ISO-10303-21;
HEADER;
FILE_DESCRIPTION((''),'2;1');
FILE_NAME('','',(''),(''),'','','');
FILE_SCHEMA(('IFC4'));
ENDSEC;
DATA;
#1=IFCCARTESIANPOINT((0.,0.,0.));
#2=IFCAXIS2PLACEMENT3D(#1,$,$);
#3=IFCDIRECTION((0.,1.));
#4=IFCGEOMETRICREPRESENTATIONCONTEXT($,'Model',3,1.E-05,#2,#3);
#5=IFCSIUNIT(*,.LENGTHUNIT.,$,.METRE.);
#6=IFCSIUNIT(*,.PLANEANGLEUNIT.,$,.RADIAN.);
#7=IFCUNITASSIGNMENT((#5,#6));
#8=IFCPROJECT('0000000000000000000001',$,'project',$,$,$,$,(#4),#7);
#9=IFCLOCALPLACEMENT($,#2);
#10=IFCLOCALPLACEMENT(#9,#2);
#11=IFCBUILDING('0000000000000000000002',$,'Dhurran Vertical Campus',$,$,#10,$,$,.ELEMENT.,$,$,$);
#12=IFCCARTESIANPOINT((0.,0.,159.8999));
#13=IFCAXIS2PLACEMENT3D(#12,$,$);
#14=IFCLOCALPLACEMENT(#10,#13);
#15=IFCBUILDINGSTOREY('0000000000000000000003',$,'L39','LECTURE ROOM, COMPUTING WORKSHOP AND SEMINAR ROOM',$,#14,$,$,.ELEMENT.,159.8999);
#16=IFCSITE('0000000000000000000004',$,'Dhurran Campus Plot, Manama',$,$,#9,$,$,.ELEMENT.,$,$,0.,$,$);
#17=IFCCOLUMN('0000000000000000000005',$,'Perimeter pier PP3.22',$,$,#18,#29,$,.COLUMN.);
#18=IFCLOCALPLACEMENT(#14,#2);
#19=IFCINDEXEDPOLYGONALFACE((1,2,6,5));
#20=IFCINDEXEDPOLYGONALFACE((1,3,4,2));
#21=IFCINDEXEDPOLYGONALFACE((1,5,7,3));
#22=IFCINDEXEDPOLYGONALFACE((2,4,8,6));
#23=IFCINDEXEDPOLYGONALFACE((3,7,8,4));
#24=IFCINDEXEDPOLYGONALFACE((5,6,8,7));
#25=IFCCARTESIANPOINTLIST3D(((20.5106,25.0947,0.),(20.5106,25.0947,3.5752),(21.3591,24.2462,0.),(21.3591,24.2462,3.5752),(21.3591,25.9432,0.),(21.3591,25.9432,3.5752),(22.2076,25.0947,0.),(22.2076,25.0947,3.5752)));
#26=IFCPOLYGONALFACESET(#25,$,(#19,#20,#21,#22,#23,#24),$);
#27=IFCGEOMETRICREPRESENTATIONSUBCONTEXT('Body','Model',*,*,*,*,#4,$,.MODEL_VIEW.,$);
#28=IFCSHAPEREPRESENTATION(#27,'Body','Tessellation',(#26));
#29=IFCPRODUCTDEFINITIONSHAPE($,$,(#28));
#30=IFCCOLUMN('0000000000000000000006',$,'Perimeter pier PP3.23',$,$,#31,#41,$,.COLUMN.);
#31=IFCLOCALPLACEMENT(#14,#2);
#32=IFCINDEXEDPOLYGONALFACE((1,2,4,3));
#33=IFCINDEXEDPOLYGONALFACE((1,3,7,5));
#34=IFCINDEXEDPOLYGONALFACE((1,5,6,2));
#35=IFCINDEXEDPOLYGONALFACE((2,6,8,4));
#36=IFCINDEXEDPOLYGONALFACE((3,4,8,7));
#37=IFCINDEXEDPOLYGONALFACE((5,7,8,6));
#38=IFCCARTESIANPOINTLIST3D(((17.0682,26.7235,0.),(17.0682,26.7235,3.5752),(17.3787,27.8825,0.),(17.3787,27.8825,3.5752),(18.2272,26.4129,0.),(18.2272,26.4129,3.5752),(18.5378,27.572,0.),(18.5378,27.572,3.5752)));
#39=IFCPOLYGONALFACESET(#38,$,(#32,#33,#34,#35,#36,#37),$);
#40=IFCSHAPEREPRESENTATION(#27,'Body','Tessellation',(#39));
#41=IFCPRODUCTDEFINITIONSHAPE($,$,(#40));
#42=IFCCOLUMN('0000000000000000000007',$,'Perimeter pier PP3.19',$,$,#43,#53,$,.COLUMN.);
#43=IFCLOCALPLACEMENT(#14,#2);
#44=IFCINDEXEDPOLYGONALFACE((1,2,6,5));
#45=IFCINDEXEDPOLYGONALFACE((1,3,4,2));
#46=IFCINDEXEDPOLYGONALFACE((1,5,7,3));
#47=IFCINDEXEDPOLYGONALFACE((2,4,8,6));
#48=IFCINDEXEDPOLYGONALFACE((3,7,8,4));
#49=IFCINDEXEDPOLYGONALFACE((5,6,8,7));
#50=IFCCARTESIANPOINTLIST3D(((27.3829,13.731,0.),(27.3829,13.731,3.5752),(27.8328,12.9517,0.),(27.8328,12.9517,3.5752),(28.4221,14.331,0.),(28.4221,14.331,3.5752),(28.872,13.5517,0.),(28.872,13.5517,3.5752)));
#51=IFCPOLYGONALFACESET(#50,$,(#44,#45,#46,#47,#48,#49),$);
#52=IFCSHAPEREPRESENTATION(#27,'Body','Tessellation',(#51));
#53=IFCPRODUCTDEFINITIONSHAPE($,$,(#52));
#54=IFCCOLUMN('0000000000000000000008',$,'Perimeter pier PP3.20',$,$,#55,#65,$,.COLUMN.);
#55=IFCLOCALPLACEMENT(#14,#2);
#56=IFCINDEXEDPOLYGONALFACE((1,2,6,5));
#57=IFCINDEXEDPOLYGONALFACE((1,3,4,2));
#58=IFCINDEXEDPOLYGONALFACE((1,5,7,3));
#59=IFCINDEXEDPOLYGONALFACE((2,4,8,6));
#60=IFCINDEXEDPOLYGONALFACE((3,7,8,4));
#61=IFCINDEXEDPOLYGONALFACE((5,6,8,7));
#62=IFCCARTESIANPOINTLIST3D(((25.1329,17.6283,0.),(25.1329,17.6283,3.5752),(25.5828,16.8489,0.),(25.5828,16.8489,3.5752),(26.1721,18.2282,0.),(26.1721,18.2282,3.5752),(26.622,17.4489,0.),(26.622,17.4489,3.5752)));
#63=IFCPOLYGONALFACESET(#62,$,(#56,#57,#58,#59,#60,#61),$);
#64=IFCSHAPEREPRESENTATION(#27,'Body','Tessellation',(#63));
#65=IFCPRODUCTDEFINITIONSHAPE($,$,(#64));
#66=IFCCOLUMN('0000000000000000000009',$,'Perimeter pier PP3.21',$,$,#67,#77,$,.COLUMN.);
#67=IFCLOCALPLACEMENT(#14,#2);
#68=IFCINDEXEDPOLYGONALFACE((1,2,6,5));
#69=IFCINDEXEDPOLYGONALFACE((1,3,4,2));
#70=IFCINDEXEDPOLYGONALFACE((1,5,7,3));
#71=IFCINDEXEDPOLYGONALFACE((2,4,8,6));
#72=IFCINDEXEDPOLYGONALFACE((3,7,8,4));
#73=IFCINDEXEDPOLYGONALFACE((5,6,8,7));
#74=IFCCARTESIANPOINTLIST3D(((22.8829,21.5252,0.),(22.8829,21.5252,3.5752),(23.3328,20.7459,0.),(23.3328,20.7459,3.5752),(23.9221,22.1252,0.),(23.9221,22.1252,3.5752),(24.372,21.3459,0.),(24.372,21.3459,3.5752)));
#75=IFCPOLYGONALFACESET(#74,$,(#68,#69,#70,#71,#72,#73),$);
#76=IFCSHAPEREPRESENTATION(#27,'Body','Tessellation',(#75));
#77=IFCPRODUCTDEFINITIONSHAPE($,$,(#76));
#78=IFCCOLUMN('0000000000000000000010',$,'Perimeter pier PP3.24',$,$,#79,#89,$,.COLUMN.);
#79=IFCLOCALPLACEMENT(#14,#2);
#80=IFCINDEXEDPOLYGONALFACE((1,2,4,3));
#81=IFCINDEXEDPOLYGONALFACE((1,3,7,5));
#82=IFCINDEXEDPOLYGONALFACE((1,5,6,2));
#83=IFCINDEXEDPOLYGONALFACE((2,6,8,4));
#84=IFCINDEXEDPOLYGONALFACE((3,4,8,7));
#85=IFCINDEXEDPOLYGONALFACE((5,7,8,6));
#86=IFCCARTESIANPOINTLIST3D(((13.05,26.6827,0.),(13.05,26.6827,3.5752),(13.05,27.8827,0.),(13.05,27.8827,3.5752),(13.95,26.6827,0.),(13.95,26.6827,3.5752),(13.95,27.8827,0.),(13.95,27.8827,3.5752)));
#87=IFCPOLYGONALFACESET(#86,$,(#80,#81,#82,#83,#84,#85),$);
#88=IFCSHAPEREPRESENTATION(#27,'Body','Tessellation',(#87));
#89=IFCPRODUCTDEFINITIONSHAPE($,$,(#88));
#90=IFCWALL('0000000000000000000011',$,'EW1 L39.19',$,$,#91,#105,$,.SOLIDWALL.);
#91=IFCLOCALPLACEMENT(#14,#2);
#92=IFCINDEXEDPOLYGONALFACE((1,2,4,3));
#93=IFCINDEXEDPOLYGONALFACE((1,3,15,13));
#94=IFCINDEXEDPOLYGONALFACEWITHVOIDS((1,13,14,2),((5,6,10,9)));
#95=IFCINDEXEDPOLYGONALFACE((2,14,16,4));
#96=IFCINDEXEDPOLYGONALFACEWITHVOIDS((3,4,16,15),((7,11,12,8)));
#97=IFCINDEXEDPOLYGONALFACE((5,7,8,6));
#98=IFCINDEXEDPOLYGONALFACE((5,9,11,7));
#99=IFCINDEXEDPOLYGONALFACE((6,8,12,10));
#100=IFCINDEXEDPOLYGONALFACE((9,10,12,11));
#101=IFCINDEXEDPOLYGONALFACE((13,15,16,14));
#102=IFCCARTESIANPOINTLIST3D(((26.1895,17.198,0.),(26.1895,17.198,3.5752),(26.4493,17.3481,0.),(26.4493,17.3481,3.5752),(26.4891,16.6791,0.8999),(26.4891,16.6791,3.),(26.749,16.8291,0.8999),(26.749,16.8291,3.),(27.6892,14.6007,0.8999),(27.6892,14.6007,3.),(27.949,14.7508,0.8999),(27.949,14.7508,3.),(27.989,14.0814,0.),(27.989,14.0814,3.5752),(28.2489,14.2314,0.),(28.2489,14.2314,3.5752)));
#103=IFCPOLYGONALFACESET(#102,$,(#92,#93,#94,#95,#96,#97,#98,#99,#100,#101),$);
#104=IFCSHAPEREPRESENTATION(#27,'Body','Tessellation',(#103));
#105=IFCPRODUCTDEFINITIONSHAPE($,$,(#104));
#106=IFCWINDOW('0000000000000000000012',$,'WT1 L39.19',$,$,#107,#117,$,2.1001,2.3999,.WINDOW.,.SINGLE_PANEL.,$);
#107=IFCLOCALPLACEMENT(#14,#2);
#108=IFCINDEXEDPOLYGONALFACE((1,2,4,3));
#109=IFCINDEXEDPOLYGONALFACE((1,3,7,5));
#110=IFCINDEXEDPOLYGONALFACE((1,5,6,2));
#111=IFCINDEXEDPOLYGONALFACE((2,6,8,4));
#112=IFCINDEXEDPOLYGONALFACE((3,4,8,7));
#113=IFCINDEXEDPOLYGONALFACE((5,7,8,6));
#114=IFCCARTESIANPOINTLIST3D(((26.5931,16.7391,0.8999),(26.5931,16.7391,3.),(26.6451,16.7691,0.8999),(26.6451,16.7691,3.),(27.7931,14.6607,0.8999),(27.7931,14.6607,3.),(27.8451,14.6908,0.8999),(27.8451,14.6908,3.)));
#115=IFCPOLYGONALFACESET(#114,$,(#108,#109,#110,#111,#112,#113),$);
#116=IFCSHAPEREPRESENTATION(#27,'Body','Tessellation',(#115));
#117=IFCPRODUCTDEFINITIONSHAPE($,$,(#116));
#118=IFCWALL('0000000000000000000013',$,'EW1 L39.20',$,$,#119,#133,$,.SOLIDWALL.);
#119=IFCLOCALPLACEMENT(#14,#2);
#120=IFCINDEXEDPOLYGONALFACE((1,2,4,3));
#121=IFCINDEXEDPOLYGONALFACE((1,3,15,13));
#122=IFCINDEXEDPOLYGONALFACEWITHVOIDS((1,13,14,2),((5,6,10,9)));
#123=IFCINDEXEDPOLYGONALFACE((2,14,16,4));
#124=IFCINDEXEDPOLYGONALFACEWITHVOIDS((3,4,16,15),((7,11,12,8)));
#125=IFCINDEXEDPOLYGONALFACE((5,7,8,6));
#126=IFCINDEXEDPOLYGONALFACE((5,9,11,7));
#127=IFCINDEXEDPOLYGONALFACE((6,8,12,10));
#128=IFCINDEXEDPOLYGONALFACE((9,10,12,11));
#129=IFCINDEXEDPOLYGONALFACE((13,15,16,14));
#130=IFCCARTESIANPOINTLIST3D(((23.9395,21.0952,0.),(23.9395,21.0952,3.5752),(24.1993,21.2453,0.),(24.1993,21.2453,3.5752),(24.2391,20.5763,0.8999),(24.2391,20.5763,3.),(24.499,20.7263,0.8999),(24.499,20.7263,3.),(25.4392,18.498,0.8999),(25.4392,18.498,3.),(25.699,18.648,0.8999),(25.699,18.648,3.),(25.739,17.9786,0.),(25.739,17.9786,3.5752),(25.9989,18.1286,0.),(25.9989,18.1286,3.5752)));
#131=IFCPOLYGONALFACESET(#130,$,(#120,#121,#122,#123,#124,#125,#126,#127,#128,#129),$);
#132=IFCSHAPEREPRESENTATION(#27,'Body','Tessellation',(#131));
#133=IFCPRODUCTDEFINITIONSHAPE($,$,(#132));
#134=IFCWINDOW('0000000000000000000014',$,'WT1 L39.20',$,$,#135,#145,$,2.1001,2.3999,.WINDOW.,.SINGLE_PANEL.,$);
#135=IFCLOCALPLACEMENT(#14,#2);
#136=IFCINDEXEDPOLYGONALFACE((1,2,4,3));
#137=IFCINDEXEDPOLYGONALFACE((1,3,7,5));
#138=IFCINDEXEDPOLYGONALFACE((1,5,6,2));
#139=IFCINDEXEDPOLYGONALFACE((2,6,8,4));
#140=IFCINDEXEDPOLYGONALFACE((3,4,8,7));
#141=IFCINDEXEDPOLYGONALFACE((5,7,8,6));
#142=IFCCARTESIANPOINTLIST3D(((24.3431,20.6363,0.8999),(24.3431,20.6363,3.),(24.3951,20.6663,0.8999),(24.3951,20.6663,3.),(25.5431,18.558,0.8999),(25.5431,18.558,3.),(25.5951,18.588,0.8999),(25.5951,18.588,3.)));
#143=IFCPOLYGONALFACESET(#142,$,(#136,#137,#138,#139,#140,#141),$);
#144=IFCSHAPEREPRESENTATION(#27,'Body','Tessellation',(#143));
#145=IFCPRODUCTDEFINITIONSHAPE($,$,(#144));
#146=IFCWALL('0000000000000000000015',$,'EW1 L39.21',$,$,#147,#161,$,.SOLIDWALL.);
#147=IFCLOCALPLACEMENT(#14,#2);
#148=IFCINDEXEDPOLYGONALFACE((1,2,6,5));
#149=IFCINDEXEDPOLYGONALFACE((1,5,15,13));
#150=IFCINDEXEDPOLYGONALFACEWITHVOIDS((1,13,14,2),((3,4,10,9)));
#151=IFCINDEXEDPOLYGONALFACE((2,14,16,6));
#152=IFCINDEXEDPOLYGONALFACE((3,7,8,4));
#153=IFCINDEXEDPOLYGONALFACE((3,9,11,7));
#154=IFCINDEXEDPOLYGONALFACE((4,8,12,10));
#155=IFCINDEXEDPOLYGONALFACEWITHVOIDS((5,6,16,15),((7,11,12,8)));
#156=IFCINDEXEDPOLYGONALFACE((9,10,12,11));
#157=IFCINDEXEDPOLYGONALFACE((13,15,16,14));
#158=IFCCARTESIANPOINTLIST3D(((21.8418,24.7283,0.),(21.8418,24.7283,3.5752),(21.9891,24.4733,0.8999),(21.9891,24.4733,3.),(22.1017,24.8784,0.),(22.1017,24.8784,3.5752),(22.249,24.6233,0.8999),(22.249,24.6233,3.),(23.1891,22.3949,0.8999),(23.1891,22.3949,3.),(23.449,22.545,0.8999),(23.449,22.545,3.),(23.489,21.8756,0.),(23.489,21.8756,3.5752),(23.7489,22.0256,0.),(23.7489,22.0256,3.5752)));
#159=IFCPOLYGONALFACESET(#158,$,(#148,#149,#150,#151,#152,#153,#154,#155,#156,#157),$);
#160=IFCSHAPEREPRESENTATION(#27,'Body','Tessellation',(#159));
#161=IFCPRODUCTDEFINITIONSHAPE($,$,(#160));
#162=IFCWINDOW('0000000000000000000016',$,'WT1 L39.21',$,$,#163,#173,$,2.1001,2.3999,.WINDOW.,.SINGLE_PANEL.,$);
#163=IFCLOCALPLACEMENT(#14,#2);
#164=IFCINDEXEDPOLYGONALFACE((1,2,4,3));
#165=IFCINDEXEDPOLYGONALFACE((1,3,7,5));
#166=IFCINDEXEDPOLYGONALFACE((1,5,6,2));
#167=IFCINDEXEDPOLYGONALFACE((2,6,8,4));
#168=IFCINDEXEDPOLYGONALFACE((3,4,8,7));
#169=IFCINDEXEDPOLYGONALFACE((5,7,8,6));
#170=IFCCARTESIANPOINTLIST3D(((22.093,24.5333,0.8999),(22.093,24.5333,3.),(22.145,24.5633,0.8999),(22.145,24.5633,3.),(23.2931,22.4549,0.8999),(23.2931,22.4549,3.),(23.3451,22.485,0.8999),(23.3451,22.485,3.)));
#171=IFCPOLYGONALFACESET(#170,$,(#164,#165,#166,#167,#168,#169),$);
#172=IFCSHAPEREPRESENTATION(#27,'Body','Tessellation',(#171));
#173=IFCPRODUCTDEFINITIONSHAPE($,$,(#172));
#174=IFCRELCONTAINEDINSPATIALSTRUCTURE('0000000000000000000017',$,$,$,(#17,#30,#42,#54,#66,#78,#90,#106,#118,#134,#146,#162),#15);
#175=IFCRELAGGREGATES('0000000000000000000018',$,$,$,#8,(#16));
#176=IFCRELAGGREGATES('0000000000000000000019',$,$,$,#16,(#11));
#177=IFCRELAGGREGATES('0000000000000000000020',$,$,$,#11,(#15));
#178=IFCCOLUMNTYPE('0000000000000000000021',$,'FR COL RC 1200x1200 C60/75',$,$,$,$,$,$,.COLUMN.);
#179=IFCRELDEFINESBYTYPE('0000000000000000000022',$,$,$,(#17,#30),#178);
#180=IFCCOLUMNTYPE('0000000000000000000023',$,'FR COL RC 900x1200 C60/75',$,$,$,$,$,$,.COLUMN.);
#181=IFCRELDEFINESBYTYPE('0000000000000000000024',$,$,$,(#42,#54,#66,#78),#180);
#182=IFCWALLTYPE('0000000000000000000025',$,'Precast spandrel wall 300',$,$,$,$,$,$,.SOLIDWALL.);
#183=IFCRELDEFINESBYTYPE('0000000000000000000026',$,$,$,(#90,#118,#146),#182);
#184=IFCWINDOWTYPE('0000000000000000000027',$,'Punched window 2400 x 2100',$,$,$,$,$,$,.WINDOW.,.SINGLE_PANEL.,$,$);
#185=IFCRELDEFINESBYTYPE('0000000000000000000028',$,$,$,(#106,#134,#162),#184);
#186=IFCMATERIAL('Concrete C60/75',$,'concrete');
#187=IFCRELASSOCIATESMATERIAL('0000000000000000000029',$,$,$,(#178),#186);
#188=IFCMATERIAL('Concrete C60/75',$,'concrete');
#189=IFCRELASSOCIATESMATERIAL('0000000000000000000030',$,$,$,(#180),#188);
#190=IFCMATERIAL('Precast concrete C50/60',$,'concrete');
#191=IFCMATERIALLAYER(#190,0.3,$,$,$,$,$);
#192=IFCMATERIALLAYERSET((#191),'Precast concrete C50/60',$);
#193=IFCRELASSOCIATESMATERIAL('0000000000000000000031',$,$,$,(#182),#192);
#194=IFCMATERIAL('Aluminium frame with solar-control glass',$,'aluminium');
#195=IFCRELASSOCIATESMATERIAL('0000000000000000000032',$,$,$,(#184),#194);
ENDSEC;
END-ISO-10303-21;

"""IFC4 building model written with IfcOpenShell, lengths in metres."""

from ifc_helpers import new_model, si_unit, direction, frame, frame_2d, origin, origin_2d, place, context, subcontext, project, spatial, rectangle, extrude, material, layer, layer_set, material_profile, profile_set, type_object, element, fill, save


model = new_model("IFC4")

# Units and contexts
model_context = context("Model", 3, precision=1e-05, world=origin(), true_north=direction((0.0, 1.0)))
body_context = subcontext(model_context, "Body", "Model", "MODEL_VIEW")
ifc_project = project(units=[si_unit("LENGTHUNIT", "METRE"), si_unit("PLANEANGLEUNIT", "RADIAN")], contexts=[model_context])

# Site, building, storey
site_placement = place(None, origin())
site = spatial("IfcSite", under=ifc_project, at=site_placement, Name="Dhurran Campus Plot, Manama", CompositionType="ELEMENT", RefElevation=0.0)
building_placement = place(site_placement, origin())
building = spatial("IfcBuilding", under=site, at=building_placement, Name="Dhurran Vertical Campus", CompositionType="ELEMENT")
storey_placement = place(building_placement, frame((0.0, 0.0, 159.8999)))
storey = spatial("IfcBuildingStorey", under=building, at=storey_placement, Name="L39", Description="LECTURE ROOM, COMPUTING WORKSHOP AND SEMINAR ROOM", CompositionType="ELEMENT", Elevation=159.8999)

# Columns
ifc_material_1 = material(Name="Concrete C60/75", Category="concrete")
ifc_material_profile_1 = material_profile(ifc_material_1, rectangle(XDim=1.2, YDim=1.2, at=origin_2d()), Name="RC 1200x1200")
ifc_profile_set_1 = profile_set([ifc_material_profile_1], Name="Concrete C60/75")
column_type_1 = type_object("IfcColumnType", Name="FR COL RC 1200x1200 C60/75", PredefinedType="COLUMN", material=ifc_profile_set_1)
for number, where, z_axis, x_axis, name in (
    (1, (21.3591, 25.0947, 0.0), (0.0, 0.0, 1.0), (-0.707107, 0.707107, 0.0), "Perimeter pier PP3.22"),
    (2, (17.803, 27.1477, 0.0), (0.0, 0.0, 1.0), (-0.965926, 0.258819, 0.0), "Perimeter pier PP3.23"),
):
    element("IfcColumn", number, at=place(storey_placement, frame(where, z_axis=z_axis, x_axis=x_axis)), inside=storey, type_object=column_type_1, Name=name, PredefinedType="COLUMN", context=body_context, shape_type="SweptSolid", body=[
        extrude(rectangle(XDim=1.2, YDim=1.2, at=origin_2d()), origin(), (0.0, 0.0, 1.0), 3.5752),
    ])
ifc_material_2 = material(Name="Concrete C60/75", Category="concrete")
ifc_material_profile_2 = material_profile(ifc_material_2, rectangle(XDim=0.8999, YDim=1.2, at=origin_2d()), Name="RC 900x1200")
ifc_profile_set_2 = profile_set([ifc_material_profile_2], Name="Concrete C60/75")
column_type_2 = type_object("IfcColumnType", Name="FR COL RC 900x1200 C60/75", PredefinedType="COLUMN", material=ifc_profile_set_2)
for number, where, z_axis, x_axis, name in (
    (3, (28.1274, 13.6414, 0.0), (0.0, 0.0, 1.0), (-0.5, 0.866025, 0.0), "Perimeter pier PP3.19"),
    (4, (25.8774, 17.5386, 0.0), (0.0, 0.0, 1.0), (-0.5, 0.866025, 0.0), "Perimeter pier PP3.20"),
    (5, (23.6274, 21.4355, 0.0), (0.0, 0.0, 1.0), (-0.5, 0.866025, 0.0), "Perimeter pier PP3.21"),
    (6, (13.5, 27.2827, 0.0), (0.0, 0.0, 1.0), (-1.0, 0.0, 0.0), "Perimeter pier PP3.24"),
):
    element("IfcColumn", number, at=place(storey_placement, frame(where, z_axis=z_axis, x_axis=x_axis)), inside=storey, type_object=column_type_2, Name=name, PredefinedType="COLUMN", context=body_context, shape_type="SweptSolid", body=[
        extrude(rectangle(XDim=0.8999, YDim=1.2, at=origin_2d()), origin(), (0.0, 0.0, 1.0), 3.5752),
    ])

# Walls, openings, windows
ifc_material_3 = material(Name="Precast concrete C50/60", Category="concrete")
ifc_layer_1 = layer(ifc_material_3, 0.3)
ifc_layer_set_1 = layer_set([ifc_layer_1], Name="Precast concrete C50/60")
wall_type_1 = type_object("IfcWallType", Name="Precast spandrel wall 300", PredefinedType="SOLIDWALL", material=ifc_layer_set_1)
wall_1_placement = place(storey_placement, frame((28.1189, 14.1565, 0.0), z_axis=(0.0, 0.0, 1.0), x_axis=(-0.500028, 0.866009, 0.0)))
wall_1 = element("IfcWall", 7, at=wall_1_placement, inside=storey, type_object=wall_type_1, Name="EW1 L39.19", PredefinedType="SOLIDWALL", context=body_context, shape_type="SweptSolid", body=[
    extrude(rectangle(XDim=3.5989, YDim=0.3, at=frame_2d((1.7993, 0.0))), origin(), (0.0, 0.0, 1.0), 3.5752),
])
opening_1_placement = place(wall_1_placement, frame((0.5996, 0.0, 0.8999)))
opening_1 = element("IfcOpeningElement", 8, at=opening_1_placement, cuts=wall_1, PredefinedType="OPENING", context=body_context, shape_type="SweptSolid", body=[
    extrude(rectangle(XDim=2.3999, YDim=2.1001, at=frame_2d((1.2, 1.05))), frame((0.0, 0.1599, 0.0), z_axis=(0.0, -1.0, 0.0), x_axis=(1.0, 0.0, 0.0)), (0.0, 0.0, 1.0), 0.3201),
])
ifc_material_4 = material(Name="Aluminium frame with solar-control glass", Category="aluminium")
window_type = type_object("IfcWindowType", Name="Punched window 2400 x 2100", PartitioningType="SINGLE_PANEL", PredefinedType="WINDOW", material=ifc_material_4)
window_1_placement = place(opening_1_placement, origin())
window_1 = element("IfcWindow", 9, at=window_1_placement, inside=storey, type_object=window_type, Name="WT1 L39.19", OverallHeight=2.1001, OverallWidth=2.3999, PartitioningType="SINGLE_PANEL", PredefinedType="WINDOW", context=body_context, shape_type="SweptSolid", body=[
    extrude(rectangle(XDim=2.3999, YDim=2.1001, at=frame_2d((1.2, 1.05))), frame((0.0, 0.03, 0.0), z_axis=(0.0, -1.0, 0.0), x_axis=(1.0, 0.0, 0.0)), (0.0, 0.0, 1.0), 0.0601),
])
fill(opening_1, window_1)
wall_2_placement = place(storey_placement, frame((25.8689, 18.0537, 0.0), z_axis=(0.0, 0.0, 1.0), x_axis=(-0.500028, 0.866009, 0.0)))
wall_2 = element("IfcWall", 10, at=wall_2_placement, inside=storey, type_object=wall_type_1, Name="EW1 L39.20", PredefinedType="SOLIDWALL", context=body_context, shape_type="SweptSolid", body=[
    extrude(rectangle(XDim=3.5989, YDim=0.3, at=frame_2d((1.7993, 0.0))), origin(), (0.0, 0.0, 1.0), 3.5752),
])
opening_2_placement = place(wall_2_placement, frame((0.5996, 0.0, 0.8999)))
opening_2 = element("IfcOpeningElement", 11, at=opening_2_placement, cuts=wall_2, PredefinedType="OPENING", context=body_context, shape_type="SweptSolid", body=[
    extrude(rectangle(XDim=2.3999, YDim=2.1001, at=frame_2d((1.2, 1.05))), frame((0.0, 0.1599, 0.0), z_axis=(0.0, -1.0, 0.0), x_axis=(1.0, 0.0, 0.0)), (0.0, 0.0, 1.0), 0.3201),
])
window_2_placement = place(opening_2_placement, origin())
window_2 = element("IfcWindow", 12, at=window_2_placement, inside=storey, type_object=window_type, Name="WT1 L39.20", OverallHeight=2.1001, OverallWidth=2.3999, PartitioningType="SINGLE_PANEL", PredefinedType="WINDOW", context=body_context, shape_type="SweptSolid", body=[
    extrude(rectangle(XDim=2.3999, YDim=2.1001, at=frame_2d((1.2, 1.05))), frame((0.0, 0.03, 0.0), z_axis=(0.0, -1.0, 0.0), x_axis=(1.0, 0.0, 0.0)), (0.0, 0.0, 1.0), 0.0601),
])
fill(opening_2, window_2)
wall_3_placement = place(storey_placement, frame((23.6189, 21.9507, 0.0), z_axis=(0.0, 0.0, 1.0), x_axis=(-0.500037, 0.866004, 0.0)))
wall_3 = element("IfcWall", 13, at=wall_3_placement, inside=storey, type_object=wall_type_1, Name="EW1 L39.21", PredefinedType="SOLIDWALL", context=body_context, shape_type="SweptSolid", body=[
    extrude(rectangle(XDim=3.2942, YDim=0.3, at=frame_2d((1.647, 0.0))), origin(), (0.0, 0.0, 1.0), 3.5752),
])
opening_3_placement = place(wall_3_placement, frame((0.5996, 0.0, 0.8999)))
opening_3 = element("IfcOpeningElement", 14, at=opening_3_placement, cuts=wall_3, PredefinedType="OPENING", context=body_context, shape_type="SweptSolid", body=[
    extrude(rectangle(XDim=2.3999, YDim=2.1001, at=frame_2d((1.2, 1.05))), frame((0.0, 0.1599, 0.0), z_axis=(0.0, -1.0, 0.0), x_axis=(1.0, 0.0, 0.0)), (0.0, 0.0, 1.0), 0.3201),
])
window_3_placement = place(opening_3_placement, origin())
window_3 = element("IfcWindow", 15, at=window_3_placement, inside=storey, type_object=window_type, Name="WT1 L39.21", OverallHeight=2.1001, OverallWidth=2.3999, PartitioningType="SINGLE_PANEL", PredefinedType="WINDOW", context=body_context, shape_type="SweptSolid", body=[
    extrude(rectangle(XDim=2.3999, YDim=2.1001, at=frame_2d((1.2, 1.05))), frame((0.0, 0.03, 0.0), z_axis=(0.0, -1.0, 0.0), x_axis=(1.0, 0.0, 0.0)), (0.0, 0.0, 1.0), 0.0601),
])
fill(opening_3, window_3)

save(model, "model.ifc")
